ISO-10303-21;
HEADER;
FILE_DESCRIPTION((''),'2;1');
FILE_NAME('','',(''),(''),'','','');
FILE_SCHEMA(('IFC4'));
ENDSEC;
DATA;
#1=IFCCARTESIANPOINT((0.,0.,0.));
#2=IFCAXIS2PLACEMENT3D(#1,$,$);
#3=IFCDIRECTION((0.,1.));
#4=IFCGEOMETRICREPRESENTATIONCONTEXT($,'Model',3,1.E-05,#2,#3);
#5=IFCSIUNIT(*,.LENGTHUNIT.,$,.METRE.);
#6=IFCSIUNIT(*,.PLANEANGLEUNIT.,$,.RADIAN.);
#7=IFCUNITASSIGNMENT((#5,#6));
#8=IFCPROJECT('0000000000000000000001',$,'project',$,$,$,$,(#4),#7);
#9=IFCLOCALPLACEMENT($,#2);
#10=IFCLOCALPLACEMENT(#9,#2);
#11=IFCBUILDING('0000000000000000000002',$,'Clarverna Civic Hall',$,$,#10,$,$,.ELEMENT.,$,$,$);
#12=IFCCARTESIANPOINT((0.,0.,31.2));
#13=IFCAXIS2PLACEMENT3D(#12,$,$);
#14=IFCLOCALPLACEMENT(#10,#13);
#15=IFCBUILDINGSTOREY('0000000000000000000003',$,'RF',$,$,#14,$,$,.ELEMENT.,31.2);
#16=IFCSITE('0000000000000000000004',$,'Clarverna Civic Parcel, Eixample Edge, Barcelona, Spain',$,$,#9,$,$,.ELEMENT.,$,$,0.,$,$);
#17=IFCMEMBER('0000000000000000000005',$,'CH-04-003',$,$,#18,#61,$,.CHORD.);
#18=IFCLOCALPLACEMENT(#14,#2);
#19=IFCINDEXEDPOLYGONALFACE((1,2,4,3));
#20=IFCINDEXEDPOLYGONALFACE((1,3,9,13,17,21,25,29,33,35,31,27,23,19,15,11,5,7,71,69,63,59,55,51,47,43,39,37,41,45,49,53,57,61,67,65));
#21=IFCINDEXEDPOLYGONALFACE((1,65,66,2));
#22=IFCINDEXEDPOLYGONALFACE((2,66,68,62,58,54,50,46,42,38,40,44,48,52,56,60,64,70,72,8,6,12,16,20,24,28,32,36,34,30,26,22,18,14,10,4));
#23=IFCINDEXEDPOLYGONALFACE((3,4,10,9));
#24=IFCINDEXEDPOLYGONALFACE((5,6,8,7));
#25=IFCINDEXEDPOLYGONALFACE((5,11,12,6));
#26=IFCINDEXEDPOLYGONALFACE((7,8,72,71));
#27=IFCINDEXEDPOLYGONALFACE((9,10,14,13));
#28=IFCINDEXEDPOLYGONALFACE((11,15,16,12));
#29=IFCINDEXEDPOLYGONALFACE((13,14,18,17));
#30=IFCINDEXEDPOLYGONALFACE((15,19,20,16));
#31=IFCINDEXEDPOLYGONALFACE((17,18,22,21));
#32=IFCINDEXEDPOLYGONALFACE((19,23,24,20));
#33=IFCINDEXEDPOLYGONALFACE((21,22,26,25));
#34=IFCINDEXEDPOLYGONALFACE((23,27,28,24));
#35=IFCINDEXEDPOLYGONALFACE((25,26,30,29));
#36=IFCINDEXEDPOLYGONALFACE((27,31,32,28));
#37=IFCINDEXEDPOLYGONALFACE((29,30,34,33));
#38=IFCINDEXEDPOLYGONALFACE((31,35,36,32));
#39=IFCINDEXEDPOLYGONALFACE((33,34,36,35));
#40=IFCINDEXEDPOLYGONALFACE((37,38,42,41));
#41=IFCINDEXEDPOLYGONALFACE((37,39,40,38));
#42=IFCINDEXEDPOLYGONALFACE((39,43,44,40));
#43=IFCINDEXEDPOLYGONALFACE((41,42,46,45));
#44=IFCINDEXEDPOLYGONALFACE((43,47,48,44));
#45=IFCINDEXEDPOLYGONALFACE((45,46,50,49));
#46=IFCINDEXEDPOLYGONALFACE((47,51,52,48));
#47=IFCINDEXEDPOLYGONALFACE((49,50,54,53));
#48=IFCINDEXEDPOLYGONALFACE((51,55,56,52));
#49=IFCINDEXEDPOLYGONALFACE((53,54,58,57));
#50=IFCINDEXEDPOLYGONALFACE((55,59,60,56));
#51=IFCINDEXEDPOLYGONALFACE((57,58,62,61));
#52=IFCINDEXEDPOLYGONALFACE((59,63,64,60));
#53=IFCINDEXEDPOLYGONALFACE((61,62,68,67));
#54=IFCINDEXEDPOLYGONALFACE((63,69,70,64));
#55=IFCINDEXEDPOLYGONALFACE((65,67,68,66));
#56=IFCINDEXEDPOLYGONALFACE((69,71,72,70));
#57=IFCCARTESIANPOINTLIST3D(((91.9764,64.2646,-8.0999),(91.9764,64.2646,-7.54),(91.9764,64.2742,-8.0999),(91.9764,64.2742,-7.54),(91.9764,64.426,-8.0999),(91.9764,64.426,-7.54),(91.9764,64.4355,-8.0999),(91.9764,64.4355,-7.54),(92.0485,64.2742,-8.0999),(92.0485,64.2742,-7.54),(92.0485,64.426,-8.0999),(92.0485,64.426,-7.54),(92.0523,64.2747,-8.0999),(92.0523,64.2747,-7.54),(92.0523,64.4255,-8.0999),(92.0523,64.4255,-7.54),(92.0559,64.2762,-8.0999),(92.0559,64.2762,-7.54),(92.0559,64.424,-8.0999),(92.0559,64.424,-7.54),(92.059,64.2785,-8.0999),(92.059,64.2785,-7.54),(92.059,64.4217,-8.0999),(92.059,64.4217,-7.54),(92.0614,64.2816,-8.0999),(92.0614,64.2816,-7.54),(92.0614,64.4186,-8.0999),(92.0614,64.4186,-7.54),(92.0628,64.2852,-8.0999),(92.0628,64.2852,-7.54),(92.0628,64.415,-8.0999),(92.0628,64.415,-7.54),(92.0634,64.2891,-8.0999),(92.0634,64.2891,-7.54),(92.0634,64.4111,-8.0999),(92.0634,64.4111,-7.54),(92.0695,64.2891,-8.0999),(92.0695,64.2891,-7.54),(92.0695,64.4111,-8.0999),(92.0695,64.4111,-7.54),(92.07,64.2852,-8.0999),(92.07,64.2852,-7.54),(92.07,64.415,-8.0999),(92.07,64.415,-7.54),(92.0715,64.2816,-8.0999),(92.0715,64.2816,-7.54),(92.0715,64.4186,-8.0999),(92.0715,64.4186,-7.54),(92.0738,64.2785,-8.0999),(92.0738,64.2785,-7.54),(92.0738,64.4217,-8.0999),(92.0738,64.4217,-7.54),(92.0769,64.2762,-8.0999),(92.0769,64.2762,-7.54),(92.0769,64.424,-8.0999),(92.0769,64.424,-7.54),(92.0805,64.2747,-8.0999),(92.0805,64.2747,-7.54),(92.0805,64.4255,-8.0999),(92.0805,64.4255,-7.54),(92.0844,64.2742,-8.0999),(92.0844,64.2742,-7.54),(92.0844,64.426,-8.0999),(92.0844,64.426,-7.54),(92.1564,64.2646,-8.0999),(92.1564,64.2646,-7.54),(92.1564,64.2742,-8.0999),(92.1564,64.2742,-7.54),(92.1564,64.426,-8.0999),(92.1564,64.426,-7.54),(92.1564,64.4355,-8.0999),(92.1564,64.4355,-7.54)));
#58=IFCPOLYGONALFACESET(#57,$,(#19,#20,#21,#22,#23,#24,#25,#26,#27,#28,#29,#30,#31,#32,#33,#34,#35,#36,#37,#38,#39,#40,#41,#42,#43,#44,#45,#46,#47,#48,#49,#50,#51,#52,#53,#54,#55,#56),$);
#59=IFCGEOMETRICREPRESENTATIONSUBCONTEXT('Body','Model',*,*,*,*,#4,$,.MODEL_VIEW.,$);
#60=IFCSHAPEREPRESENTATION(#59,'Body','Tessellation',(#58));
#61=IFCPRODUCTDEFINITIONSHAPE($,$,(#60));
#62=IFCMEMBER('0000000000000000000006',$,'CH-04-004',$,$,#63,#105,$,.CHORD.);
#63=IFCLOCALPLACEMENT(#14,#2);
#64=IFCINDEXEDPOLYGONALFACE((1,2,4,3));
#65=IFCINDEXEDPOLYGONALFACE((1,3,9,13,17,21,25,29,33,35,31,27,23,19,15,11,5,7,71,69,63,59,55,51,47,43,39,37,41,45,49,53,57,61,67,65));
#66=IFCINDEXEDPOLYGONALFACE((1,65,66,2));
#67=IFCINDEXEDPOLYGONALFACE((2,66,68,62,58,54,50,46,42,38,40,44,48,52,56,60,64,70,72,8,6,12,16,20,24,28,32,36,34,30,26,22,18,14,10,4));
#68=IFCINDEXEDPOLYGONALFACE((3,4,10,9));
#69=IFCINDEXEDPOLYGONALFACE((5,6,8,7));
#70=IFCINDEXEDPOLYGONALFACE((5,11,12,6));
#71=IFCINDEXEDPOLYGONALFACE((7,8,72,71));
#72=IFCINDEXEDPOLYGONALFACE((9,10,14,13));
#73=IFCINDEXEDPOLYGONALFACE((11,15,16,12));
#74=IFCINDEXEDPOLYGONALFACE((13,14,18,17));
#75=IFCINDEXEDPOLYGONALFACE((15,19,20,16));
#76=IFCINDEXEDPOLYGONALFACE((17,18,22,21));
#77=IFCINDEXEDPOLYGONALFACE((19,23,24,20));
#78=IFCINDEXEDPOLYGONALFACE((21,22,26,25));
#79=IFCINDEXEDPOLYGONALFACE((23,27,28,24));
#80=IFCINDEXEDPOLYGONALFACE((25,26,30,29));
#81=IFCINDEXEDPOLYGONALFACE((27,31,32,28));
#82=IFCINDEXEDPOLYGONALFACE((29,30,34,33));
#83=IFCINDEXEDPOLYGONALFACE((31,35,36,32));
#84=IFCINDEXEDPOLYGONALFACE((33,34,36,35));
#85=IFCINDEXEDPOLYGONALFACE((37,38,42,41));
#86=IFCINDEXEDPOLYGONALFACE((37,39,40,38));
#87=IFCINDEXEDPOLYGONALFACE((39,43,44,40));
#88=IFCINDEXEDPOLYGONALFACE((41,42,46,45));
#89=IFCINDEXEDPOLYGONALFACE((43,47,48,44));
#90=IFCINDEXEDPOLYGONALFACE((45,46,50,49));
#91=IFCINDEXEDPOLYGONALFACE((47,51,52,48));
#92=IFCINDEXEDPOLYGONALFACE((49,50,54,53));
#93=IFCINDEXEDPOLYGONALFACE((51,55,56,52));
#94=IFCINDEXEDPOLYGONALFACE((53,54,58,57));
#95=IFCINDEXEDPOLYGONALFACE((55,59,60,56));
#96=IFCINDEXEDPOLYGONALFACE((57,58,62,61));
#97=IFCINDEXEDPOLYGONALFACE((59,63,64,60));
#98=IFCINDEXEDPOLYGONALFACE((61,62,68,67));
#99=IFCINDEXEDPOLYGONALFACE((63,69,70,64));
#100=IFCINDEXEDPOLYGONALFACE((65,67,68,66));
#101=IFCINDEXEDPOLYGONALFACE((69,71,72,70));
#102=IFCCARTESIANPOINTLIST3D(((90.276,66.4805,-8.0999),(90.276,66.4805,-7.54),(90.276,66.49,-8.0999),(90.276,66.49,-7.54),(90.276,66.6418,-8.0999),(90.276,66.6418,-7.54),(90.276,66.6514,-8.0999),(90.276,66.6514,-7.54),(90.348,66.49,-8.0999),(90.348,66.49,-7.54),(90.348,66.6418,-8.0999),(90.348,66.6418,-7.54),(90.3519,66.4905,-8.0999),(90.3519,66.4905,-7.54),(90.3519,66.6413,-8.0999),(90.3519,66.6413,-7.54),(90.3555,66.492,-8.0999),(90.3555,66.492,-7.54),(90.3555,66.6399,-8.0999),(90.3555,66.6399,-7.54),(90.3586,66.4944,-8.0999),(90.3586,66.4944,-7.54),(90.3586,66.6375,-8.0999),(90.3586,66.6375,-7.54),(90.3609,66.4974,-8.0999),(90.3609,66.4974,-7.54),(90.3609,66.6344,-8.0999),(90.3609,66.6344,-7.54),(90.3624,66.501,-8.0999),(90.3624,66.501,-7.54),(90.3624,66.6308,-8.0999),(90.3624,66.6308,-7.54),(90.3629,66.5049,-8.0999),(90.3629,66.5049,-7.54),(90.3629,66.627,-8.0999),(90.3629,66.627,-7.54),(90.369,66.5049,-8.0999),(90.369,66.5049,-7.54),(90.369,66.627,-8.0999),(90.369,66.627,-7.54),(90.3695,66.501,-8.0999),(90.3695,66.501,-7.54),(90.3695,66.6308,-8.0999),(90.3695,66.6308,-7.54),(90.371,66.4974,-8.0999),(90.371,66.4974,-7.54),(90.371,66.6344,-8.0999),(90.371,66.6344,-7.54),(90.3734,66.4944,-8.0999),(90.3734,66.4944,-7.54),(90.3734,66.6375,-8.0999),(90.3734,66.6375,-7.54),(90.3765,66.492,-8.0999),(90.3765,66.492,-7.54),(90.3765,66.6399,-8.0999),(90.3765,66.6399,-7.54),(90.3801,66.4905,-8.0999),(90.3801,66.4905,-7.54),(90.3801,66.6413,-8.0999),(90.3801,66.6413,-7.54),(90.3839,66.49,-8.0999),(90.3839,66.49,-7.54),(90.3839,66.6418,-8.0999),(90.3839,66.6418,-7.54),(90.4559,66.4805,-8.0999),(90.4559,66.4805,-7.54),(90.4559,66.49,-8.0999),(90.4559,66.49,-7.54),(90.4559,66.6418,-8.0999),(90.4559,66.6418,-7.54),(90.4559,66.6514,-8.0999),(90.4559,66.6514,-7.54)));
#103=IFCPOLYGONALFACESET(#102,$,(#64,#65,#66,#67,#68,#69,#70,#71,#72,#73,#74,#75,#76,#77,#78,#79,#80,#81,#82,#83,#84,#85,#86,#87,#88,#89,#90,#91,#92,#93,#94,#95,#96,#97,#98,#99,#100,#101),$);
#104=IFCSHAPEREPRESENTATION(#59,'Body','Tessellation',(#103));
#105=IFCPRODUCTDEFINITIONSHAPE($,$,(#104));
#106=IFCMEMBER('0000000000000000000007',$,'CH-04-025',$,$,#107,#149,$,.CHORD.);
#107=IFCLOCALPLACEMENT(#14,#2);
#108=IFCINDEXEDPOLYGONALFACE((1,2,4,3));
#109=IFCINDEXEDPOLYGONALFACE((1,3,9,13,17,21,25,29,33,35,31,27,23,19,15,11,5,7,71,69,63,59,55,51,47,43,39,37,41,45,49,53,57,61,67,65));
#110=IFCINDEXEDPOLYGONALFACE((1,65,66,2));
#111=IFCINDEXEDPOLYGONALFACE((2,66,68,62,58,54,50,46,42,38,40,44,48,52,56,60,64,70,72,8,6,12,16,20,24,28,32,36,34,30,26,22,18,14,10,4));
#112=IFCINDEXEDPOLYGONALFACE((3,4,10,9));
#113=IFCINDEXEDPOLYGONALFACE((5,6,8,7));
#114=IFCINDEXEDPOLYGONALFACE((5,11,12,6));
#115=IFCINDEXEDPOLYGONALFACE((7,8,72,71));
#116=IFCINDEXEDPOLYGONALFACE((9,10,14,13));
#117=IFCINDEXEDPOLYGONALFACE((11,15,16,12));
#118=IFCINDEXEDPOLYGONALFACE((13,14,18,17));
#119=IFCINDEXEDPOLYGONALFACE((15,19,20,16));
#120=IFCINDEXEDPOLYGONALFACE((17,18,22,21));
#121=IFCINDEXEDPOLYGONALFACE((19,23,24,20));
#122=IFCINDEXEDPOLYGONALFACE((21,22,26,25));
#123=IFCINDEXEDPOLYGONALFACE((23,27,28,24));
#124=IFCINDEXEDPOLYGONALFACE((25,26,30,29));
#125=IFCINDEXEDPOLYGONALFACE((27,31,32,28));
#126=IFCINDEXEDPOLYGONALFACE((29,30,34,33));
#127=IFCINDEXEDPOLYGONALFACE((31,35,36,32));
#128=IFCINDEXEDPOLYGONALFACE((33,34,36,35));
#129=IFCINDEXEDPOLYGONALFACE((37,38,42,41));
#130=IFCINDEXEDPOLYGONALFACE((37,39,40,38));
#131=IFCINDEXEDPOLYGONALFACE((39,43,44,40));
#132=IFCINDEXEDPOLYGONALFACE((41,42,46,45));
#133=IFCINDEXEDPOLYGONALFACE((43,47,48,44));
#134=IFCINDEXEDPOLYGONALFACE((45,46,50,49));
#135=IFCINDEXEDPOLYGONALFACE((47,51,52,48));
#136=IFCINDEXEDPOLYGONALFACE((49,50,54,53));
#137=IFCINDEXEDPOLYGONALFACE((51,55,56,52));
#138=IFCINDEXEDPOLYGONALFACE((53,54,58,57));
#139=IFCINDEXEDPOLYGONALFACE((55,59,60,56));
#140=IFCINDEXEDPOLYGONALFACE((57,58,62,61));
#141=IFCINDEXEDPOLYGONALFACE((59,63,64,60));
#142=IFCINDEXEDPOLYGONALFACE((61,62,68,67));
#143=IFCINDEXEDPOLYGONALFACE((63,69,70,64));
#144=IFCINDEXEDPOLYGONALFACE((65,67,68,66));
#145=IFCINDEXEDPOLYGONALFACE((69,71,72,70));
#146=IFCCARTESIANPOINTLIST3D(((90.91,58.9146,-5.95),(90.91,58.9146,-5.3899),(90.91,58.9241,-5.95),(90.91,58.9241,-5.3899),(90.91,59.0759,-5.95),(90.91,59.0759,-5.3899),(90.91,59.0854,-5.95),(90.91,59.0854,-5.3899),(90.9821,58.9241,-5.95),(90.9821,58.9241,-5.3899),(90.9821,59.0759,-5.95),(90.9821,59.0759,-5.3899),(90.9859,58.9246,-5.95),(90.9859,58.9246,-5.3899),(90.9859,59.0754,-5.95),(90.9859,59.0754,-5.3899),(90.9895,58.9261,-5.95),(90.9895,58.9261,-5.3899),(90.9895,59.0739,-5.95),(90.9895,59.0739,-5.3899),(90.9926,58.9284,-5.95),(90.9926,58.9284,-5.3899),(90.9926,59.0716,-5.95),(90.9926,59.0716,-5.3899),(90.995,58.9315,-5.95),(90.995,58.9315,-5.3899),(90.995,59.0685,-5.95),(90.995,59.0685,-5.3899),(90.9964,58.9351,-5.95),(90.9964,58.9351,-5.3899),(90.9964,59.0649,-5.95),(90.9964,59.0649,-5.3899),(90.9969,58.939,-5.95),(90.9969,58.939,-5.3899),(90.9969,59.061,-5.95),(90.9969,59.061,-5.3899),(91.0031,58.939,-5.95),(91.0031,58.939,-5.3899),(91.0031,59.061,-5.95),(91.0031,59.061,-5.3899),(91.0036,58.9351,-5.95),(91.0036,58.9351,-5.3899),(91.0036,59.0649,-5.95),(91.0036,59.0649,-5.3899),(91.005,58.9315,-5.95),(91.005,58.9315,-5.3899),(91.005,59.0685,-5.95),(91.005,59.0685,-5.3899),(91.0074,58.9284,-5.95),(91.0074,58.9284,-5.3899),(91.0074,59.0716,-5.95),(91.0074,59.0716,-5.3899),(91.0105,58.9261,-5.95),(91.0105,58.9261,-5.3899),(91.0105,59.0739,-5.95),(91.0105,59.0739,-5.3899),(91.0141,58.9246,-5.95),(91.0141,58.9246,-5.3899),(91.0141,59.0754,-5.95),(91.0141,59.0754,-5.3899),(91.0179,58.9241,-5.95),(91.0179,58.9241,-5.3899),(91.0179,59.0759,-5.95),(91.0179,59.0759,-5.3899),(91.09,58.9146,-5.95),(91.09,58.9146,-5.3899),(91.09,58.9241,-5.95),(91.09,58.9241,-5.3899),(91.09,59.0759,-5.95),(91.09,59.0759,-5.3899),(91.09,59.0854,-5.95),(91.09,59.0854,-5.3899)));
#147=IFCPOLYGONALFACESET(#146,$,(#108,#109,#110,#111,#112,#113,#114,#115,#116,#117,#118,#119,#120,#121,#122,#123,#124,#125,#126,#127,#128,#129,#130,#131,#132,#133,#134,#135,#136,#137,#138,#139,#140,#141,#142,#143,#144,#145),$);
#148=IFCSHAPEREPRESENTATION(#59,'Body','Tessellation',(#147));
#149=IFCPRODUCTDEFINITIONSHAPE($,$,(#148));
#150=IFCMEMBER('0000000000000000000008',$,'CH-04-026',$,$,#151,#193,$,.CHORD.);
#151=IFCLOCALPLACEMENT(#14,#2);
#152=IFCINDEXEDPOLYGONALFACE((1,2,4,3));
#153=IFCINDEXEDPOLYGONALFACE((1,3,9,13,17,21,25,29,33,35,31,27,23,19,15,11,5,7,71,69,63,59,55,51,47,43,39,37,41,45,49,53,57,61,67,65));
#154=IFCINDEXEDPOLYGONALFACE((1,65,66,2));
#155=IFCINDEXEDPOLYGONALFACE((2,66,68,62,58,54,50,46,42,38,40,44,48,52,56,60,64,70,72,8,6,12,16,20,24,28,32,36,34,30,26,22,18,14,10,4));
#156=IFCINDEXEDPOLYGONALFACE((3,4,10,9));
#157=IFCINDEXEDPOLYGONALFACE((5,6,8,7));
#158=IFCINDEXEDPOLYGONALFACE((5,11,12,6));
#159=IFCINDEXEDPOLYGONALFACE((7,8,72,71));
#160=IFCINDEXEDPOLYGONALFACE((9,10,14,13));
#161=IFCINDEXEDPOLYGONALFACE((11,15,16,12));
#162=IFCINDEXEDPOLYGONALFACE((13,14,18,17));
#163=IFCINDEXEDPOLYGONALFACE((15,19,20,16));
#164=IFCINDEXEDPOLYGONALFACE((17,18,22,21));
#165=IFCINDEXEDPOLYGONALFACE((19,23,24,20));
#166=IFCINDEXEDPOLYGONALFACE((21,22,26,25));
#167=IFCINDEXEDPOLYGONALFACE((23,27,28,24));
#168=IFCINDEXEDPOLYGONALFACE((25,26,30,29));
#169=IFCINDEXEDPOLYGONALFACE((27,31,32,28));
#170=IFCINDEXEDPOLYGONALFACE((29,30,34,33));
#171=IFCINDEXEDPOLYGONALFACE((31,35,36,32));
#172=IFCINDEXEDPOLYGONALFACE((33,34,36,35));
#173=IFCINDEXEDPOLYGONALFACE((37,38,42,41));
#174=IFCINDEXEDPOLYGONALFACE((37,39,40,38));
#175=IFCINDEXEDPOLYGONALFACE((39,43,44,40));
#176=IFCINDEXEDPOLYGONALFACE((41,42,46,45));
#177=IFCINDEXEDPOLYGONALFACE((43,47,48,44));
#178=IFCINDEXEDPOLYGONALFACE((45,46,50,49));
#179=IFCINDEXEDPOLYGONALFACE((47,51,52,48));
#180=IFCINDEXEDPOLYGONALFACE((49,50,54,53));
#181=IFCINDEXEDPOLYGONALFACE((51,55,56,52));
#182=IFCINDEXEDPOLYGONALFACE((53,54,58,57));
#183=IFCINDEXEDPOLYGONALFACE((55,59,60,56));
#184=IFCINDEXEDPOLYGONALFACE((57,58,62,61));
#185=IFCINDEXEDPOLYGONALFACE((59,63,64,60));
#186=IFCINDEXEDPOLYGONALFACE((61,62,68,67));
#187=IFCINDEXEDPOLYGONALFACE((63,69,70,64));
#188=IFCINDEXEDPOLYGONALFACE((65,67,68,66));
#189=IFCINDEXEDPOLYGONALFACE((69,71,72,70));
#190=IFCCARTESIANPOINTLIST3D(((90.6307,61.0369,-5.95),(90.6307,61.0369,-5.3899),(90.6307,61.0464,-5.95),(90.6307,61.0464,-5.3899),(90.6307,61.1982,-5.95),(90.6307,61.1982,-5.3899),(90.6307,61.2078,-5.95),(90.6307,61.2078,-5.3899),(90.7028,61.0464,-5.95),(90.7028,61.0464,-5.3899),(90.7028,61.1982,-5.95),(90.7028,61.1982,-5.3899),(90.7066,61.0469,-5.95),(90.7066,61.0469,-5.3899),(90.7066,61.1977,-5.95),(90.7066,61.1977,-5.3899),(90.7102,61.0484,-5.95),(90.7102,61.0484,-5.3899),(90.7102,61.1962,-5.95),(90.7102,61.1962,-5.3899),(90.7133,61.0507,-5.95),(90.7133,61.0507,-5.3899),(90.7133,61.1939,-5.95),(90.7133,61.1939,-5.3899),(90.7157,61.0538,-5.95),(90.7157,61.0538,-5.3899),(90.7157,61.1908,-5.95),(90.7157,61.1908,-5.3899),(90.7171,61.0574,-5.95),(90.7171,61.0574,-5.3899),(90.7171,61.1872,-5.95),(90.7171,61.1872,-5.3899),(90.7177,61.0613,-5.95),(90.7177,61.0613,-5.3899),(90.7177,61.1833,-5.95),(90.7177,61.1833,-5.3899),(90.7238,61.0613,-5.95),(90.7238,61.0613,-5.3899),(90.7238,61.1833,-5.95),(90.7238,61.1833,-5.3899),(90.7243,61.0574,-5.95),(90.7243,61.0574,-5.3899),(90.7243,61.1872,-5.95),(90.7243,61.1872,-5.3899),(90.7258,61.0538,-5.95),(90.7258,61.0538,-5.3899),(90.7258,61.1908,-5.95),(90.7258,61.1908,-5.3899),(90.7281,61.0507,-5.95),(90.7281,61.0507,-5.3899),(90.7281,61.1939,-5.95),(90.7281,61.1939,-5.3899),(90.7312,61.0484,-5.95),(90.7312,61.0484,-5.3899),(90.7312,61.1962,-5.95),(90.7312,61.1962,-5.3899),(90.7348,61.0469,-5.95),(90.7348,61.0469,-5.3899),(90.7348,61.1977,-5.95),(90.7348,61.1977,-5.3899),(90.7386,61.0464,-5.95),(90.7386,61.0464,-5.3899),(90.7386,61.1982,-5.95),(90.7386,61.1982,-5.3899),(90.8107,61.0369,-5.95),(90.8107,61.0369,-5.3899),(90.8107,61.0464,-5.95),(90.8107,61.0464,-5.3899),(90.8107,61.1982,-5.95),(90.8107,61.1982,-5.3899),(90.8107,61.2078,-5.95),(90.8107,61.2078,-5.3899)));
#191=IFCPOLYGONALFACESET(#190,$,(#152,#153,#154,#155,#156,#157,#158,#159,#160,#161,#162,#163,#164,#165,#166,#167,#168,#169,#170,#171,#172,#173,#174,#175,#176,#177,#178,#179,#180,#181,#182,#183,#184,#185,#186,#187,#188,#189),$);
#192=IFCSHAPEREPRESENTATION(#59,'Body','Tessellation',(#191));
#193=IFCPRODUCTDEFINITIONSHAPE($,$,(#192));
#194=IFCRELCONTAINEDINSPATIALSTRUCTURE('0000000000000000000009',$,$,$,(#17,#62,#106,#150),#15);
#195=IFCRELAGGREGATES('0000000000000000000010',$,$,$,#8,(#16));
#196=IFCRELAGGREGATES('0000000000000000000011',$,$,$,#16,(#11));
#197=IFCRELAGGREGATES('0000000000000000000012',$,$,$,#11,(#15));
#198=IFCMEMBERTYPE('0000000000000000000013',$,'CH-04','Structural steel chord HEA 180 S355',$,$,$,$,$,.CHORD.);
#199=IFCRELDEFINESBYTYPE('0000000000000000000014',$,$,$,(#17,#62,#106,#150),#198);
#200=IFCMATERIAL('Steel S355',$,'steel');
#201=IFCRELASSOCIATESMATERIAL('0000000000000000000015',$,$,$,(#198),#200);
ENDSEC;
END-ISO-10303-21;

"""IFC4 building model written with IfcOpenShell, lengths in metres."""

from ifc_helpers import new_model, si_unit, direction, frame, origin, origin_2d, place, context, subcontext, project, spatial, i_section, extrude, material, material_profile, profile_set, type_object, element, save


model = new_model("IFC4")

# Units and contexts
model_context = context("Model", 3, precision=1e-05, world=origin(), true_north=direction((0.0, 1.0)))
body_context = subcontext(model_context, "Body", "Model", "MODEL_VIEW")
ifc_project = project(units=[si_unit("LENGTHUNIT", "METRE"), si_unit("PLANEANGLEUNIT", "RADIAN")], contexts=[model_context])

# Site, building, storey
site_placement = place(None, origin())
site = spatial("IfcSite", under=ifc_project, at=site_placement, Name="Clarverna Civic Parcel, Eixample Edge, Barcelona, Spain", CompositionType="ELEMENT", RefElevation=0.0)
building_placement = place(site_placement, origin())
building = spatial("IfcBuilding", under=site, at=building_placement, Name="Clarverna Civic Hall", CompositionType="ELEMENT")
storey_placement = place(building_placement, frame((0.0, 0.0, 31.2)))
storey = spatial("IfcBuildingStorey", under=building, at=storey_placement, Name="RF", CompositionType="ELEMENT", Elevation=31.2)

# Members
ifc_material_1 = material(Name="Steel S355", Category="steel")
ifc_material_profile_1 = material_profile(ifc_material_1, i_section(OverallWidth=0.1799, OverallDepth=0.1709, WebThickness=0.0061, FlangeThickness=0.0095, FilletRadius=0.0149, at=origin_2d()), Name="HEA 180")
ifc_profile_set_1 = profile_set([ifc_material_profile_1], Name="Steel S355")
member_type_1 = type_object("IfcMemberType", Name="CH-04", Description="Structural steel chord HEA 180 S355", PredefinedType="CHORD", material=ifc_profile_set_1)
for number, where, z_axis, x_axis, name in (
    (1, (92.0664, 64.3501, -8.0999), (0.0, 0.0, 1.0), (1.0, 0.0, 0.0), "CH-04-003"),
    (2, (90.366, 66.5659, -8.0999), (0.0, 0.0, 1.0), (1.0, 0.0, 0.0), "CH-04-004"),
):
    element("IfcMember", number, at=place(storey_placement, frame(where, z_axis=z_axis, x_axis=x_axis)), inside=storey, type_object=member_type_1, Name=name, PredefinedType="CHORD", context=body_context, shape_type="SweptSolid", body=[
        extrude(i_section(OverallWidth=0.1799, OverallDepth=0.1709, WebThickness=0.0061, FlangeThickness=0.0095, FilletRadius=0.0149, at=origin_2d()), origin(), (0.0, 0.0, 1.0), 0.5598),
    ])
for number, where, z_axis, x_axis, name in (
    (3, (91.0, 59.0, -5.95), (0.0, 0.0, 1.0), (1.0, 0.0, 0.0), "CH-04-025"),
    (4, (90.7207, 61.1223, -5.95), (0.0, 0.0, 1.0), (1.0, 0.0, 0.0), "CH-04-026"),
):
    element("IfcMember", number, at=place(storey_placement, frame(where, z_axis=z_axis, x_axis=x_axis)), inside=storey, type_object=member_type_1, Name=name, PredefinedType="CHORD", context=body_context, shape_type="SweptSolid", body=[
        extrude(i_section(OverallWidth=0.1799, OverallDepth=0.1709, WebThickness=0.0061, FlangeThickness=0.0095, FilletRadius=0.0149, at=origin_2d()), origin(), (0.0, 0.0, 1.0), 0.5601),
    ])

save(model, "model.ifc")
